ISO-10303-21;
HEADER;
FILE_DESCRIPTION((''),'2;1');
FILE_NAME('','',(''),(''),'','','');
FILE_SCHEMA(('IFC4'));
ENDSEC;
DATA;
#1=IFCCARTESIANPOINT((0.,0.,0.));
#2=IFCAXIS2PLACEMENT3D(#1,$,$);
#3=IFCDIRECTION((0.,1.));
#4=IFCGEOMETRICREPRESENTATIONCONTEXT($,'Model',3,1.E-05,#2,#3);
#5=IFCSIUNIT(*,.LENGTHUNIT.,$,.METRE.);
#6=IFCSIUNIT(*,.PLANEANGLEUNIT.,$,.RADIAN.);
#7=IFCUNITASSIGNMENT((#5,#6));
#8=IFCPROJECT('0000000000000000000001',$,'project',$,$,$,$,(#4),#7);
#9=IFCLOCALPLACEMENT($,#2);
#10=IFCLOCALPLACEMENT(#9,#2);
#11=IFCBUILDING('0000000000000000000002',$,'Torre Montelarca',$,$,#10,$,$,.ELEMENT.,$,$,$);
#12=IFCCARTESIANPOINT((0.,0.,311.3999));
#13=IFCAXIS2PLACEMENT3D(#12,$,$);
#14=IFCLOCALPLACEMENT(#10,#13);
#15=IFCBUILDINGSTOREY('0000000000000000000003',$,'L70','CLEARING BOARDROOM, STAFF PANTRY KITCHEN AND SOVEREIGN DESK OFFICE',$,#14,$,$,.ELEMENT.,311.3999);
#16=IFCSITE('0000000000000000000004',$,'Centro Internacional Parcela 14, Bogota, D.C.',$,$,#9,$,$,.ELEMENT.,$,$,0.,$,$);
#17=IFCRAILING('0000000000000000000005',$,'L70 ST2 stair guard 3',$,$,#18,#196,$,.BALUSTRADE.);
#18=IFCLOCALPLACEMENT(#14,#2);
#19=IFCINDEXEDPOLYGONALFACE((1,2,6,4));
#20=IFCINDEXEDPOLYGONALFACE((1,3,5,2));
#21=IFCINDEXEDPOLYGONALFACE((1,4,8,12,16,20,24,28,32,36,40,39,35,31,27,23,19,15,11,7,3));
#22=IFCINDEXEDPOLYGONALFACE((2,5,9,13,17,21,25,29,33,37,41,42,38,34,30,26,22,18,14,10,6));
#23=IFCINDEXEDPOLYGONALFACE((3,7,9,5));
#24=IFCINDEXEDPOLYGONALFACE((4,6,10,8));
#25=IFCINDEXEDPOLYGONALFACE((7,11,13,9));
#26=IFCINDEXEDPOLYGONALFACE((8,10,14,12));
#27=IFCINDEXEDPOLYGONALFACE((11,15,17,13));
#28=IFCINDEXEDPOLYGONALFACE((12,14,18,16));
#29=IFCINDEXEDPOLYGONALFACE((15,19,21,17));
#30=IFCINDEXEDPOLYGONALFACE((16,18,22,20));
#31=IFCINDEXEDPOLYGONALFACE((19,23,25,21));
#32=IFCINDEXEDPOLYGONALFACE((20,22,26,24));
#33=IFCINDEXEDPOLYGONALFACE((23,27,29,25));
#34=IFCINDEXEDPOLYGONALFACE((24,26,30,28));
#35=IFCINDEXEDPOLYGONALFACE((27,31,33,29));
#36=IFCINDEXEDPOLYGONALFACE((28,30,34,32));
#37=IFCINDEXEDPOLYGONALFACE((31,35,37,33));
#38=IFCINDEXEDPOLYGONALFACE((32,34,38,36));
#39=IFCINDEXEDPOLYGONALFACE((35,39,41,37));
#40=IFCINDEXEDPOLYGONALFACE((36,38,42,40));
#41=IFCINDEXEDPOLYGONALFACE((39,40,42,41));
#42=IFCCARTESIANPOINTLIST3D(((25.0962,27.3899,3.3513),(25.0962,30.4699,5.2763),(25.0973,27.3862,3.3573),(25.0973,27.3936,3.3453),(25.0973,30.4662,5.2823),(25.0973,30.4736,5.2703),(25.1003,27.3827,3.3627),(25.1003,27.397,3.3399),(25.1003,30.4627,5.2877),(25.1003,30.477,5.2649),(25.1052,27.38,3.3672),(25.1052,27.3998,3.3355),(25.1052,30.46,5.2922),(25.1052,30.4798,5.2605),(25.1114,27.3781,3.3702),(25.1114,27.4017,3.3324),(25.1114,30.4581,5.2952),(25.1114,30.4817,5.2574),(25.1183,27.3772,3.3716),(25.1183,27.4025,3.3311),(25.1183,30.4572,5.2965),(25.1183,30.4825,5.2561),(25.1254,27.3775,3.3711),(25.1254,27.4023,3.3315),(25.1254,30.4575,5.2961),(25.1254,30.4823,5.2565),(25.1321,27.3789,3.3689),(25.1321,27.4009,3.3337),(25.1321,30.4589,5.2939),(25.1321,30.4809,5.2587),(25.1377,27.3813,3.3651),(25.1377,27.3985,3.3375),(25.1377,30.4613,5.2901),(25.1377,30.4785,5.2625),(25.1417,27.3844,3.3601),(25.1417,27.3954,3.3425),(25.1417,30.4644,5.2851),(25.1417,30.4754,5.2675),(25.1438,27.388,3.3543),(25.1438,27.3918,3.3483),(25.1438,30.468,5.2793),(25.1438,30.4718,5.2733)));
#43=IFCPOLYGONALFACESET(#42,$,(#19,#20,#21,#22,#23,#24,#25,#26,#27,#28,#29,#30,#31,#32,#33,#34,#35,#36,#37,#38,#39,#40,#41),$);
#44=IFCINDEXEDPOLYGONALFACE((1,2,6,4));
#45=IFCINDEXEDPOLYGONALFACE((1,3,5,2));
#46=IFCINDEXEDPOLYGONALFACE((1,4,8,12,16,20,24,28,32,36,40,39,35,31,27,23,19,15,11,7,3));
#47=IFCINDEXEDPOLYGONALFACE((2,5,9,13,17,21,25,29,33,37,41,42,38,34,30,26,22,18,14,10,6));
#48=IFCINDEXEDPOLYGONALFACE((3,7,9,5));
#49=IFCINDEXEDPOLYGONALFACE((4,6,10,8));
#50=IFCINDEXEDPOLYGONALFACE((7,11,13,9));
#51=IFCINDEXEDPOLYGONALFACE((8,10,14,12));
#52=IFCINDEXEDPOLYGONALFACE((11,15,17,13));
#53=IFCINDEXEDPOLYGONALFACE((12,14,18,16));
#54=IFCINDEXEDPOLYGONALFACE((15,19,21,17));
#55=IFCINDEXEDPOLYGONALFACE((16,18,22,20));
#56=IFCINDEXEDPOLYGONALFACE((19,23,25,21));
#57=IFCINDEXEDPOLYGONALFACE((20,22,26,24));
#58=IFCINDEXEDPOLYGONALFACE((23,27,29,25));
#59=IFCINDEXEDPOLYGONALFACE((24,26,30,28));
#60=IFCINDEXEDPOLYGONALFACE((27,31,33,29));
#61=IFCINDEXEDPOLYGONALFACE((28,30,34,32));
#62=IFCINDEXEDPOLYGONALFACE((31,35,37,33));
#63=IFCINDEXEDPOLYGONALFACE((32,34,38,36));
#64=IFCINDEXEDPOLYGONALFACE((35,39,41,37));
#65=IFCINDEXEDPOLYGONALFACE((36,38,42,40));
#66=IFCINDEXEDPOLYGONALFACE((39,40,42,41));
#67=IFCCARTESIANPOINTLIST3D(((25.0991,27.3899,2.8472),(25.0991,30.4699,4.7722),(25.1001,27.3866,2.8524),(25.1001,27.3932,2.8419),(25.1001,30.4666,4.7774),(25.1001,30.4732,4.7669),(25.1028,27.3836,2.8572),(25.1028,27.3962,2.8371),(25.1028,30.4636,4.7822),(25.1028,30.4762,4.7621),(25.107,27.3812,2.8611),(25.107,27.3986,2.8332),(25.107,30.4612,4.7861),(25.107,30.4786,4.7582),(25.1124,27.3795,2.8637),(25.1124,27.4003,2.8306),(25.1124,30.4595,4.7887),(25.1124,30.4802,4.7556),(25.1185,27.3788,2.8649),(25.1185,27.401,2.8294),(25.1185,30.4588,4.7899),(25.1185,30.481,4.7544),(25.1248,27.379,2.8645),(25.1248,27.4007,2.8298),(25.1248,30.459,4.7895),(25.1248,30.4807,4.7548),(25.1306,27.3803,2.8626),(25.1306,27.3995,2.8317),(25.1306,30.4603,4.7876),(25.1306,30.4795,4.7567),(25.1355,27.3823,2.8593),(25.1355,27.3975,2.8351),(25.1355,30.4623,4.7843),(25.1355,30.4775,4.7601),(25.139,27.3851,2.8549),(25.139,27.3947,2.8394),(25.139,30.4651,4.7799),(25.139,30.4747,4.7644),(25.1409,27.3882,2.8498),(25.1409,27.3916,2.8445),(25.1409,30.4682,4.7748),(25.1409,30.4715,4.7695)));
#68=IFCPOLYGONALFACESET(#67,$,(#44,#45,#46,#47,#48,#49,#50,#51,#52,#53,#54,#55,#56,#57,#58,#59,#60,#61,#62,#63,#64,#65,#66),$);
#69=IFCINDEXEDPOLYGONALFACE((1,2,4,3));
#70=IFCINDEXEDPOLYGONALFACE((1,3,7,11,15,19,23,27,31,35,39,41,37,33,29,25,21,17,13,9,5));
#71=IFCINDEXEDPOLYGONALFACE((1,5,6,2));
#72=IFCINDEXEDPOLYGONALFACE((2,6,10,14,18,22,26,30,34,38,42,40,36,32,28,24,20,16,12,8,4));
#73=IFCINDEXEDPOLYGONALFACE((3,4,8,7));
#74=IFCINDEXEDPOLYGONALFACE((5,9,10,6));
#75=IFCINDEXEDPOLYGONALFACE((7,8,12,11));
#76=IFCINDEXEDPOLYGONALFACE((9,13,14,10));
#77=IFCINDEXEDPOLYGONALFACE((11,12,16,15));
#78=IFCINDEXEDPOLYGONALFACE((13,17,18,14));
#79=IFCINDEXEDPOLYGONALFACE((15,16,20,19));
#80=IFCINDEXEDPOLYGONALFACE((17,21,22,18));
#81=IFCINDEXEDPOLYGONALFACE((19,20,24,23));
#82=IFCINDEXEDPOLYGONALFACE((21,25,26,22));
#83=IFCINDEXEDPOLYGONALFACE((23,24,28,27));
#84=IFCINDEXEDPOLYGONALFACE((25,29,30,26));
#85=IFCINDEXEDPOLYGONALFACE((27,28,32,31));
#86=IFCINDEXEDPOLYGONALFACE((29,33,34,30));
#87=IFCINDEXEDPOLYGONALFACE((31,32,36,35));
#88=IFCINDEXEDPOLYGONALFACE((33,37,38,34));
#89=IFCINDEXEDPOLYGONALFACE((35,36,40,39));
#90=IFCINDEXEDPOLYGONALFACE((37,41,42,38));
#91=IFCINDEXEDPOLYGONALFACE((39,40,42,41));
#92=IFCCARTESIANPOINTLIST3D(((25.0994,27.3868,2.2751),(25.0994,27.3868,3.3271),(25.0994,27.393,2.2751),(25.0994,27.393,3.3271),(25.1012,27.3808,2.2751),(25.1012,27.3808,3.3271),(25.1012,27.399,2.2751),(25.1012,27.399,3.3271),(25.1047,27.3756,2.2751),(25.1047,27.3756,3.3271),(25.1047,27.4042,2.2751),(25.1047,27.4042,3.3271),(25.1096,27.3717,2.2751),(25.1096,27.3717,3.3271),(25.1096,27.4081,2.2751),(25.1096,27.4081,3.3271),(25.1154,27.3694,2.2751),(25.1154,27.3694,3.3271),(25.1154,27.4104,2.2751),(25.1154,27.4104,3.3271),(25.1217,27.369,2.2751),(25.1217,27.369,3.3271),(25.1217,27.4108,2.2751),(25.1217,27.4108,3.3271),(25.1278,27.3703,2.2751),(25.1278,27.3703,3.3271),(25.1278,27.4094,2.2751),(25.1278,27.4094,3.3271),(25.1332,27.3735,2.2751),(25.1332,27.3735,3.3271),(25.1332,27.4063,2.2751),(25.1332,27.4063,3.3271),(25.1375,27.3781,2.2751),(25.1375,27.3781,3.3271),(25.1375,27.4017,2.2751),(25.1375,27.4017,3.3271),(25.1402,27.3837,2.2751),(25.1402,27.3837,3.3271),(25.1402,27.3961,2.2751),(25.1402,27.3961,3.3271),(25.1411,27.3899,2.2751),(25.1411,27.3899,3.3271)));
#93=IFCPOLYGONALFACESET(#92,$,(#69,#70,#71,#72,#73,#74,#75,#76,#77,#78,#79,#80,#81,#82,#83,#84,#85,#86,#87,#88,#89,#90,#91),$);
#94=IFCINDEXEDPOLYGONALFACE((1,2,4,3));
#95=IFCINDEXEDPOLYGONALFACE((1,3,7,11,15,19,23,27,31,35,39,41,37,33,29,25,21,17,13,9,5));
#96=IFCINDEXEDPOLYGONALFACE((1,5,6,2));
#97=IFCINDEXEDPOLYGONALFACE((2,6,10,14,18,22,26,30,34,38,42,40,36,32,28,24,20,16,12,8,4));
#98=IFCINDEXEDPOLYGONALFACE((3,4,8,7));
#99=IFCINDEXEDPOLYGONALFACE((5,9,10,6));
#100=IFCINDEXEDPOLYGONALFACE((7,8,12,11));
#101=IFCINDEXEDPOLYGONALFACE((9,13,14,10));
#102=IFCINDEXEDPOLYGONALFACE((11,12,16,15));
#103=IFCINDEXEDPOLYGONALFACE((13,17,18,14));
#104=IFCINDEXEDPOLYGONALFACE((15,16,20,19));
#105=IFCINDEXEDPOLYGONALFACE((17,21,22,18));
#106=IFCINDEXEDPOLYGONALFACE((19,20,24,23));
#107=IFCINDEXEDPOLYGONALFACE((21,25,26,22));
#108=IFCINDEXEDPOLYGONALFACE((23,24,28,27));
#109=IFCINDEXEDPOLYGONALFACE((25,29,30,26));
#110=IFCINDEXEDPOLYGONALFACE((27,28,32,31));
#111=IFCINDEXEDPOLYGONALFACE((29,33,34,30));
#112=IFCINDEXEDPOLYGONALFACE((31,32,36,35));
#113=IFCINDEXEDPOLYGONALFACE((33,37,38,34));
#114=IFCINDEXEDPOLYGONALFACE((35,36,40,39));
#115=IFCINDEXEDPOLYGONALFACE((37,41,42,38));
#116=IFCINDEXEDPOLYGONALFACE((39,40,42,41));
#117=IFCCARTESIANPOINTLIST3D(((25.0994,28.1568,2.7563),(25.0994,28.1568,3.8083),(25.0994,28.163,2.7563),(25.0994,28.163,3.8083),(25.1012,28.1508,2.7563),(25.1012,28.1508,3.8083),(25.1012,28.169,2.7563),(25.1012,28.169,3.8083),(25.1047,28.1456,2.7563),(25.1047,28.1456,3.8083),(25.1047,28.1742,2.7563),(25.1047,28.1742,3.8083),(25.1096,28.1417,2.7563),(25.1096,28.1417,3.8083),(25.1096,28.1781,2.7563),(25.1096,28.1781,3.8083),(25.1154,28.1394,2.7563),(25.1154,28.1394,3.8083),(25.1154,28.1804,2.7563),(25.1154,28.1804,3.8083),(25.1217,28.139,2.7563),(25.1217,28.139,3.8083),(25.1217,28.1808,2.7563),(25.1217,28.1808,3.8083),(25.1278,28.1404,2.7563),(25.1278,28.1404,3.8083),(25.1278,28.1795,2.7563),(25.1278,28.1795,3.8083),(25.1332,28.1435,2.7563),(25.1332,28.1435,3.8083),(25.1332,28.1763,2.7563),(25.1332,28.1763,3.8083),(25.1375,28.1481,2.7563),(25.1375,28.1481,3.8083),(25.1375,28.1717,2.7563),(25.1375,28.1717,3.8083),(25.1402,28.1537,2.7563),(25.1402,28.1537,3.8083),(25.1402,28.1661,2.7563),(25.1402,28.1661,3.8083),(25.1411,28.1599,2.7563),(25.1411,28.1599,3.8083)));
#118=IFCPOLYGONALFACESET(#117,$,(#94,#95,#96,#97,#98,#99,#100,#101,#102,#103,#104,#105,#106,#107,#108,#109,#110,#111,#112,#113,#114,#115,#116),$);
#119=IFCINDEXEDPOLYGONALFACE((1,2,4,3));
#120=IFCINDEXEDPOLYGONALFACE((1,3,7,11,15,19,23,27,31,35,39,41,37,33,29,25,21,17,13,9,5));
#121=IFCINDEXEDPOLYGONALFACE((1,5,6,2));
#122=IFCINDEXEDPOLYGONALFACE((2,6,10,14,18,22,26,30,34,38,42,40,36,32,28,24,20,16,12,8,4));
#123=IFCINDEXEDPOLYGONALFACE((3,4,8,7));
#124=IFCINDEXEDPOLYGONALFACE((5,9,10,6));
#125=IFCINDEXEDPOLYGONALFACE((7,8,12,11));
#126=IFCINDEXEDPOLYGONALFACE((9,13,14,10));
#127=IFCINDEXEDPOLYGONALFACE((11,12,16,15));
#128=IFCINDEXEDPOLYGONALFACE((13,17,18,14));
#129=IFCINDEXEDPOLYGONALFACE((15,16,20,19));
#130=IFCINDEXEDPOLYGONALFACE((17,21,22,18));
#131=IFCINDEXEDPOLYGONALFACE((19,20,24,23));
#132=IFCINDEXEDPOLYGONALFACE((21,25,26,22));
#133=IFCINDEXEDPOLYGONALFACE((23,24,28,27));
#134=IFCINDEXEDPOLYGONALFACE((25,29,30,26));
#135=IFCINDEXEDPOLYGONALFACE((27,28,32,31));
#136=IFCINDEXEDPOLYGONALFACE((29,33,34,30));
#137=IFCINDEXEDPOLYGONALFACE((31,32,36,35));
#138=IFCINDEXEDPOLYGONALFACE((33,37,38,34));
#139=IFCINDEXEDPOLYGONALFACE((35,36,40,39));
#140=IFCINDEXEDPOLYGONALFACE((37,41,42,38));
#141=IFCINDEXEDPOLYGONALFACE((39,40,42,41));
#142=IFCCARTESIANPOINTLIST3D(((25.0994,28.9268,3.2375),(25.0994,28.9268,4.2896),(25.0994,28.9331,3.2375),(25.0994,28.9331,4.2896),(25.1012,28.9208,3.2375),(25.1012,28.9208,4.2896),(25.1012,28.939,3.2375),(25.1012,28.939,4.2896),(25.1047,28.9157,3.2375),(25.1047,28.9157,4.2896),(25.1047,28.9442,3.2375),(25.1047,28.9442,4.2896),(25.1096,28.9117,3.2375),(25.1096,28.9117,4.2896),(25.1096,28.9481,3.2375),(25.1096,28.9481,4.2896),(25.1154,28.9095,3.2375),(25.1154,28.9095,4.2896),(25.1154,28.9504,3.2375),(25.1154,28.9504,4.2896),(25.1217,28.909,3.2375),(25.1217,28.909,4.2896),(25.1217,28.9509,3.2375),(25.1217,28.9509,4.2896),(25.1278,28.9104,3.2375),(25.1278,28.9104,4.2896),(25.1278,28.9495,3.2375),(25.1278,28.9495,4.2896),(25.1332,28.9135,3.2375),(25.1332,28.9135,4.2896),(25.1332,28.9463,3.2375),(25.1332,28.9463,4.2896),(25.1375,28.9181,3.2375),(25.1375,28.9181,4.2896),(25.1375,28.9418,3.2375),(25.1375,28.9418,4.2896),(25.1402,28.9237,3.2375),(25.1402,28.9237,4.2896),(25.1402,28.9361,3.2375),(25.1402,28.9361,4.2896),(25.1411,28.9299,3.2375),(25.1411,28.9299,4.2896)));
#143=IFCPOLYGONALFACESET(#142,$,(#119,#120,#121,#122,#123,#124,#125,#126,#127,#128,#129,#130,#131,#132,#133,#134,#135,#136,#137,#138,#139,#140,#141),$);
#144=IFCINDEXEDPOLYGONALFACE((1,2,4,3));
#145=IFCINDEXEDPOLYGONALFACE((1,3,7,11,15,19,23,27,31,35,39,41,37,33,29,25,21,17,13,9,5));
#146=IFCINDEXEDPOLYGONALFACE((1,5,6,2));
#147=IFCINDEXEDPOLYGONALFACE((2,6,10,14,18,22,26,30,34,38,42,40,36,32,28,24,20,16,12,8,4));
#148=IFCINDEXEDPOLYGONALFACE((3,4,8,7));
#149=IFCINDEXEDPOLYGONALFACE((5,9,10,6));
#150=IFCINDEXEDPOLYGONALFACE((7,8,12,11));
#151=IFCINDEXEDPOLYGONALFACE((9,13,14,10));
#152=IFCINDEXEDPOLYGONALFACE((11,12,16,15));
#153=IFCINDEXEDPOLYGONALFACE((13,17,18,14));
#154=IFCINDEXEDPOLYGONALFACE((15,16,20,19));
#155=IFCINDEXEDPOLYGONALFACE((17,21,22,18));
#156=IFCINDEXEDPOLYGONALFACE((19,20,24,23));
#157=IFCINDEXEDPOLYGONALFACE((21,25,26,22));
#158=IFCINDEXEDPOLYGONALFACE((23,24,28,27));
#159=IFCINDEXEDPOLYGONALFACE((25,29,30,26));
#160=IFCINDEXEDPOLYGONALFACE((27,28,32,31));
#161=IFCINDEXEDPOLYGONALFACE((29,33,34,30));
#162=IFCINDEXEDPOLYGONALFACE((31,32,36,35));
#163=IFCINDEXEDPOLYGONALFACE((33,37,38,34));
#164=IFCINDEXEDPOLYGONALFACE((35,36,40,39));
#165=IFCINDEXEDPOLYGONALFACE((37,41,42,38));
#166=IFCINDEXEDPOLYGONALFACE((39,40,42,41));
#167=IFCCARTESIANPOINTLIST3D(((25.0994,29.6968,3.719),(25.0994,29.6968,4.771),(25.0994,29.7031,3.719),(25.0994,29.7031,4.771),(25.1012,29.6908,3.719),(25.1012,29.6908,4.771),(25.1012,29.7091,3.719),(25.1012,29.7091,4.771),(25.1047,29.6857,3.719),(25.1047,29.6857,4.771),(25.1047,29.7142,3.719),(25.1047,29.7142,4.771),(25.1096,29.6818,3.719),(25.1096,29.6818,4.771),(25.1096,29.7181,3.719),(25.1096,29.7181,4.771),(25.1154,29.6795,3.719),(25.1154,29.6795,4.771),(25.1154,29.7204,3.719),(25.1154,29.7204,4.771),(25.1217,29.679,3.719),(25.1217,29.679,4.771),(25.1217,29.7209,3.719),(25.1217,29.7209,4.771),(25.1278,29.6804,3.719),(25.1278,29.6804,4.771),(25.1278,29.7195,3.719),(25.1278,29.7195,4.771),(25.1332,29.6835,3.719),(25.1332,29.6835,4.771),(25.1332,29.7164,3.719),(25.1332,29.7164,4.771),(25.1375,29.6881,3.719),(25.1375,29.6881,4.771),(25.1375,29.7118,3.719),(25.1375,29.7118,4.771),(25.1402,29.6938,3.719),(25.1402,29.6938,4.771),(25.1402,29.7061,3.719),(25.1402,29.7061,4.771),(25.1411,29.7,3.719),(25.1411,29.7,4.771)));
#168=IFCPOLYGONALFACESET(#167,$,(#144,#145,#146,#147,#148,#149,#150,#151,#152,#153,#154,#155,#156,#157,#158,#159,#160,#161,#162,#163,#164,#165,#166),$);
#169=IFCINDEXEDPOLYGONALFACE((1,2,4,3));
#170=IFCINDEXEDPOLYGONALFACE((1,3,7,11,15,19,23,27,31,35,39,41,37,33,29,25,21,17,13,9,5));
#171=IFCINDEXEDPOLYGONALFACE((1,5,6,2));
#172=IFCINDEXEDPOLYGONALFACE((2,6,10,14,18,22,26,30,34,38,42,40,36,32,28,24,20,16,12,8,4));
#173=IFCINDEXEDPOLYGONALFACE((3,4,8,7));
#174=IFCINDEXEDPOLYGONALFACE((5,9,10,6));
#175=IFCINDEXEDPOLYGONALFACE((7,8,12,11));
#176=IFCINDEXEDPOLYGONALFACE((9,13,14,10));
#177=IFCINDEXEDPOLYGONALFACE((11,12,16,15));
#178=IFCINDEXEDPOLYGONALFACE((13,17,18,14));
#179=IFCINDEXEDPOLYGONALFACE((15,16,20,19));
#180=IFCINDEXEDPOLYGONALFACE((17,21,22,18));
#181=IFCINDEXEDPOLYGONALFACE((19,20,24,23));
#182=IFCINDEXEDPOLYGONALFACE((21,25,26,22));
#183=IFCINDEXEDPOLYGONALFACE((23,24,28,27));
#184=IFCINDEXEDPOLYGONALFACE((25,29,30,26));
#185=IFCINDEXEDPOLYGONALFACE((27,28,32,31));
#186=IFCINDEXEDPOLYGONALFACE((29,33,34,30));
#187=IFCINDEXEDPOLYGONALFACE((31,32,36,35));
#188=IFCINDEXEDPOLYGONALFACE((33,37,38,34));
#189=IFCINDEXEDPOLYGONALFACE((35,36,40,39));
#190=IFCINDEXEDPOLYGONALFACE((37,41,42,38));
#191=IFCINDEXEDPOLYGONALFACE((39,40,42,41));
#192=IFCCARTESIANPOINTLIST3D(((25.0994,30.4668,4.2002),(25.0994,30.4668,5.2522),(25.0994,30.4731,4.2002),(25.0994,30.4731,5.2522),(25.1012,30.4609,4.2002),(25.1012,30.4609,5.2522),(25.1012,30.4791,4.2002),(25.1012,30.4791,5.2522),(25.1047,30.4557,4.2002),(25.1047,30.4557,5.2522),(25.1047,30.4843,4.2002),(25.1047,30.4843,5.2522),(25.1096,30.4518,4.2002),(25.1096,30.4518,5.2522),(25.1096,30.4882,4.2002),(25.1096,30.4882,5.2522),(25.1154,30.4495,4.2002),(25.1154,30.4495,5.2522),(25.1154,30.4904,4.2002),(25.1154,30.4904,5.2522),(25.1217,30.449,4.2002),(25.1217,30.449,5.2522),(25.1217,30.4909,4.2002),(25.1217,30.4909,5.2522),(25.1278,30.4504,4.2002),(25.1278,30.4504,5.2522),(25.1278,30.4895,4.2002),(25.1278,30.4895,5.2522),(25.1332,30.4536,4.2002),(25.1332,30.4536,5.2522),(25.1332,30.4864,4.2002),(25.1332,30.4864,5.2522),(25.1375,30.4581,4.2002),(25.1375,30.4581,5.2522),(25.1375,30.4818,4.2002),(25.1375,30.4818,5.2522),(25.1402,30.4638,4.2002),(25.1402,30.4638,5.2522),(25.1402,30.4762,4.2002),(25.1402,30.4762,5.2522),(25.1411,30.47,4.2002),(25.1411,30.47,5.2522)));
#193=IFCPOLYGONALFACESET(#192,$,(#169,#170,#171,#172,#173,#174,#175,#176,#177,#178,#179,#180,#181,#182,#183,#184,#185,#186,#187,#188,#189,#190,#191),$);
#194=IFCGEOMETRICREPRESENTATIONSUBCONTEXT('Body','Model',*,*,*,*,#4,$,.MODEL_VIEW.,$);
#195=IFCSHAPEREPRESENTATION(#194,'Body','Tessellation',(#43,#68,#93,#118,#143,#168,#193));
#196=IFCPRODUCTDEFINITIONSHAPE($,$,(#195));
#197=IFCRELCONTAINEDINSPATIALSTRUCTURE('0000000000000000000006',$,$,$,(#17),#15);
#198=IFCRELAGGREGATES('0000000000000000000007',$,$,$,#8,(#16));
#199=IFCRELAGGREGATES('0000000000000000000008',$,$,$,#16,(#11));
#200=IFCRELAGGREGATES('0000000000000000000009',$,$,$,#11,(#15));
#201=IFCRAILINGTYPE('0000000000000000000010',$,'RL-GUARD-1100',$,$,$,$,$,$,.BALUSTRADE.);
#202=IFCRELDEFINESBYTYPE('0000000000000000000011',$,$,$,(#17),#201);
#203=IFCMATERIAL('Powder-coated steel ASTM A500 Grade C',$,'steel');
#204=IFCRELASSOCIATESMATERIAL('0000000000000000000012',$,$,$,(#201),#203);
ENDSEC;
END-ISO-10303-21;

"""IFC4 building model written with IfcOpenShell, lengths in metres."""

from ifc_helpers import new_model, si_unit, direction, frame, origin, origin_2d, place, context, subcontext, project, spatial, circle, extrude, material, type_object, element, save


model = new_model("IFC4")

# Units and contexts
model_context = context("Model", 3, precision=1e-05, world=origin(), true_north=direction((0.0, 1.0)))
body_context = subcontext(model_context, "Body", "Model", "MODEL_VIEW")
ifc_project = project(units=[si_unit("LENGTHUNIT", "METRE"), si_unit("PLANEANGLEUNIT", "RADIAN")], contexts=[model_context])

# Site, building, storey
site_placement = place(None, origin())
site = spatial("IfcSite", under=ifc_project, at=site_placement, Name="Centro Internacional Parcela 14, Bogota, D.C.", CompositionType="ELEMENT", RefElevation=0.0)
building_placement = place(site_placement, origin())
building = spatial("IfcBuilding", under=site, at=building_placement, Name="Torre Montelarca", CompositionType="ELEMENT")
storey_placement = place(building_placement, frame((0.0, 0.0, 311.3999)))
storey = spatial("IfcBuildingStorey", under=building, at=storey_placement, Name="L70", Description="CLEARING BOARDROOM, STAFF PANTRY KITCHEN AND SOVEREIGN DESK OFFICE", CompositionType="ELEMENT", Elevation=311.3999)

# Railing
ifc_material_1 = material(Name="Powder-coated steel ASTM A500 Grade C", Category="steel")
railing_type_1 = type_object("IfcRailingType", Name="RL-GUARD-1100", PredefinedType="BALUSTRADE", material=ifc_material_1)
railing_1_placement = place(storey_placement, frame((25.1201, 27.3899, 2.2751)))
element("IfcRailing", 1, at=railing_1_placement, inside=storey, type_object=railing_type_1, Name="L70 ST2 stair guard 3", PredefinedType="BALUSTRADE", context=body_context, shape_type="SweptSolid", body=[
    extrude(circle(Radius=0.0239, at=origin_2d()), frame((0.0, 0.0, 1.0762), z_axis=(0.0, 0.847998, 0.529999), x_axis=(-1.0, 0.0, 0.0)), (0.0, 0.0, 1.0), 3.6321),
    extrude(circle(Radius=0.021, at=origin_2d()), frame((0.0, 0.0, 0.572), z_axis=(0.0, 0.847998, 0.529999), x_axis=(-1.0, 0.0, 0.0)), (0.0, 0.0, 1.0), 3.6321),
    extrude(circle(Radius=0.021, at=origin_2d()), origin(), (0.0, 0.0, 1.0), 1.052),
    extrude(circle(Radius=0.021, at=origin_2d()), frame((0.0, 0.77, 0.4812)), (0.0, 0.0, 1.0), 1.052),
    extrude(circle(Radius=0.021, at=origin_2d()), frame((0.0, 1.54, 0.9624)), (0.0, 0.0, 1.0), 1.052),
    extrude(circle(Radius=0.021, at=origin_2d()), frame((0.0, 2.3101, 1.4438)), (0.0, 0.0, 1.0), 1.052),
    extrude(circle(Radius=0.021, at=origin_2d()), frame((0.0, 3.0801, 1.925)), (0.0, 0.0, 1.0), 1.052),
])

save(model, "model.ifc")
